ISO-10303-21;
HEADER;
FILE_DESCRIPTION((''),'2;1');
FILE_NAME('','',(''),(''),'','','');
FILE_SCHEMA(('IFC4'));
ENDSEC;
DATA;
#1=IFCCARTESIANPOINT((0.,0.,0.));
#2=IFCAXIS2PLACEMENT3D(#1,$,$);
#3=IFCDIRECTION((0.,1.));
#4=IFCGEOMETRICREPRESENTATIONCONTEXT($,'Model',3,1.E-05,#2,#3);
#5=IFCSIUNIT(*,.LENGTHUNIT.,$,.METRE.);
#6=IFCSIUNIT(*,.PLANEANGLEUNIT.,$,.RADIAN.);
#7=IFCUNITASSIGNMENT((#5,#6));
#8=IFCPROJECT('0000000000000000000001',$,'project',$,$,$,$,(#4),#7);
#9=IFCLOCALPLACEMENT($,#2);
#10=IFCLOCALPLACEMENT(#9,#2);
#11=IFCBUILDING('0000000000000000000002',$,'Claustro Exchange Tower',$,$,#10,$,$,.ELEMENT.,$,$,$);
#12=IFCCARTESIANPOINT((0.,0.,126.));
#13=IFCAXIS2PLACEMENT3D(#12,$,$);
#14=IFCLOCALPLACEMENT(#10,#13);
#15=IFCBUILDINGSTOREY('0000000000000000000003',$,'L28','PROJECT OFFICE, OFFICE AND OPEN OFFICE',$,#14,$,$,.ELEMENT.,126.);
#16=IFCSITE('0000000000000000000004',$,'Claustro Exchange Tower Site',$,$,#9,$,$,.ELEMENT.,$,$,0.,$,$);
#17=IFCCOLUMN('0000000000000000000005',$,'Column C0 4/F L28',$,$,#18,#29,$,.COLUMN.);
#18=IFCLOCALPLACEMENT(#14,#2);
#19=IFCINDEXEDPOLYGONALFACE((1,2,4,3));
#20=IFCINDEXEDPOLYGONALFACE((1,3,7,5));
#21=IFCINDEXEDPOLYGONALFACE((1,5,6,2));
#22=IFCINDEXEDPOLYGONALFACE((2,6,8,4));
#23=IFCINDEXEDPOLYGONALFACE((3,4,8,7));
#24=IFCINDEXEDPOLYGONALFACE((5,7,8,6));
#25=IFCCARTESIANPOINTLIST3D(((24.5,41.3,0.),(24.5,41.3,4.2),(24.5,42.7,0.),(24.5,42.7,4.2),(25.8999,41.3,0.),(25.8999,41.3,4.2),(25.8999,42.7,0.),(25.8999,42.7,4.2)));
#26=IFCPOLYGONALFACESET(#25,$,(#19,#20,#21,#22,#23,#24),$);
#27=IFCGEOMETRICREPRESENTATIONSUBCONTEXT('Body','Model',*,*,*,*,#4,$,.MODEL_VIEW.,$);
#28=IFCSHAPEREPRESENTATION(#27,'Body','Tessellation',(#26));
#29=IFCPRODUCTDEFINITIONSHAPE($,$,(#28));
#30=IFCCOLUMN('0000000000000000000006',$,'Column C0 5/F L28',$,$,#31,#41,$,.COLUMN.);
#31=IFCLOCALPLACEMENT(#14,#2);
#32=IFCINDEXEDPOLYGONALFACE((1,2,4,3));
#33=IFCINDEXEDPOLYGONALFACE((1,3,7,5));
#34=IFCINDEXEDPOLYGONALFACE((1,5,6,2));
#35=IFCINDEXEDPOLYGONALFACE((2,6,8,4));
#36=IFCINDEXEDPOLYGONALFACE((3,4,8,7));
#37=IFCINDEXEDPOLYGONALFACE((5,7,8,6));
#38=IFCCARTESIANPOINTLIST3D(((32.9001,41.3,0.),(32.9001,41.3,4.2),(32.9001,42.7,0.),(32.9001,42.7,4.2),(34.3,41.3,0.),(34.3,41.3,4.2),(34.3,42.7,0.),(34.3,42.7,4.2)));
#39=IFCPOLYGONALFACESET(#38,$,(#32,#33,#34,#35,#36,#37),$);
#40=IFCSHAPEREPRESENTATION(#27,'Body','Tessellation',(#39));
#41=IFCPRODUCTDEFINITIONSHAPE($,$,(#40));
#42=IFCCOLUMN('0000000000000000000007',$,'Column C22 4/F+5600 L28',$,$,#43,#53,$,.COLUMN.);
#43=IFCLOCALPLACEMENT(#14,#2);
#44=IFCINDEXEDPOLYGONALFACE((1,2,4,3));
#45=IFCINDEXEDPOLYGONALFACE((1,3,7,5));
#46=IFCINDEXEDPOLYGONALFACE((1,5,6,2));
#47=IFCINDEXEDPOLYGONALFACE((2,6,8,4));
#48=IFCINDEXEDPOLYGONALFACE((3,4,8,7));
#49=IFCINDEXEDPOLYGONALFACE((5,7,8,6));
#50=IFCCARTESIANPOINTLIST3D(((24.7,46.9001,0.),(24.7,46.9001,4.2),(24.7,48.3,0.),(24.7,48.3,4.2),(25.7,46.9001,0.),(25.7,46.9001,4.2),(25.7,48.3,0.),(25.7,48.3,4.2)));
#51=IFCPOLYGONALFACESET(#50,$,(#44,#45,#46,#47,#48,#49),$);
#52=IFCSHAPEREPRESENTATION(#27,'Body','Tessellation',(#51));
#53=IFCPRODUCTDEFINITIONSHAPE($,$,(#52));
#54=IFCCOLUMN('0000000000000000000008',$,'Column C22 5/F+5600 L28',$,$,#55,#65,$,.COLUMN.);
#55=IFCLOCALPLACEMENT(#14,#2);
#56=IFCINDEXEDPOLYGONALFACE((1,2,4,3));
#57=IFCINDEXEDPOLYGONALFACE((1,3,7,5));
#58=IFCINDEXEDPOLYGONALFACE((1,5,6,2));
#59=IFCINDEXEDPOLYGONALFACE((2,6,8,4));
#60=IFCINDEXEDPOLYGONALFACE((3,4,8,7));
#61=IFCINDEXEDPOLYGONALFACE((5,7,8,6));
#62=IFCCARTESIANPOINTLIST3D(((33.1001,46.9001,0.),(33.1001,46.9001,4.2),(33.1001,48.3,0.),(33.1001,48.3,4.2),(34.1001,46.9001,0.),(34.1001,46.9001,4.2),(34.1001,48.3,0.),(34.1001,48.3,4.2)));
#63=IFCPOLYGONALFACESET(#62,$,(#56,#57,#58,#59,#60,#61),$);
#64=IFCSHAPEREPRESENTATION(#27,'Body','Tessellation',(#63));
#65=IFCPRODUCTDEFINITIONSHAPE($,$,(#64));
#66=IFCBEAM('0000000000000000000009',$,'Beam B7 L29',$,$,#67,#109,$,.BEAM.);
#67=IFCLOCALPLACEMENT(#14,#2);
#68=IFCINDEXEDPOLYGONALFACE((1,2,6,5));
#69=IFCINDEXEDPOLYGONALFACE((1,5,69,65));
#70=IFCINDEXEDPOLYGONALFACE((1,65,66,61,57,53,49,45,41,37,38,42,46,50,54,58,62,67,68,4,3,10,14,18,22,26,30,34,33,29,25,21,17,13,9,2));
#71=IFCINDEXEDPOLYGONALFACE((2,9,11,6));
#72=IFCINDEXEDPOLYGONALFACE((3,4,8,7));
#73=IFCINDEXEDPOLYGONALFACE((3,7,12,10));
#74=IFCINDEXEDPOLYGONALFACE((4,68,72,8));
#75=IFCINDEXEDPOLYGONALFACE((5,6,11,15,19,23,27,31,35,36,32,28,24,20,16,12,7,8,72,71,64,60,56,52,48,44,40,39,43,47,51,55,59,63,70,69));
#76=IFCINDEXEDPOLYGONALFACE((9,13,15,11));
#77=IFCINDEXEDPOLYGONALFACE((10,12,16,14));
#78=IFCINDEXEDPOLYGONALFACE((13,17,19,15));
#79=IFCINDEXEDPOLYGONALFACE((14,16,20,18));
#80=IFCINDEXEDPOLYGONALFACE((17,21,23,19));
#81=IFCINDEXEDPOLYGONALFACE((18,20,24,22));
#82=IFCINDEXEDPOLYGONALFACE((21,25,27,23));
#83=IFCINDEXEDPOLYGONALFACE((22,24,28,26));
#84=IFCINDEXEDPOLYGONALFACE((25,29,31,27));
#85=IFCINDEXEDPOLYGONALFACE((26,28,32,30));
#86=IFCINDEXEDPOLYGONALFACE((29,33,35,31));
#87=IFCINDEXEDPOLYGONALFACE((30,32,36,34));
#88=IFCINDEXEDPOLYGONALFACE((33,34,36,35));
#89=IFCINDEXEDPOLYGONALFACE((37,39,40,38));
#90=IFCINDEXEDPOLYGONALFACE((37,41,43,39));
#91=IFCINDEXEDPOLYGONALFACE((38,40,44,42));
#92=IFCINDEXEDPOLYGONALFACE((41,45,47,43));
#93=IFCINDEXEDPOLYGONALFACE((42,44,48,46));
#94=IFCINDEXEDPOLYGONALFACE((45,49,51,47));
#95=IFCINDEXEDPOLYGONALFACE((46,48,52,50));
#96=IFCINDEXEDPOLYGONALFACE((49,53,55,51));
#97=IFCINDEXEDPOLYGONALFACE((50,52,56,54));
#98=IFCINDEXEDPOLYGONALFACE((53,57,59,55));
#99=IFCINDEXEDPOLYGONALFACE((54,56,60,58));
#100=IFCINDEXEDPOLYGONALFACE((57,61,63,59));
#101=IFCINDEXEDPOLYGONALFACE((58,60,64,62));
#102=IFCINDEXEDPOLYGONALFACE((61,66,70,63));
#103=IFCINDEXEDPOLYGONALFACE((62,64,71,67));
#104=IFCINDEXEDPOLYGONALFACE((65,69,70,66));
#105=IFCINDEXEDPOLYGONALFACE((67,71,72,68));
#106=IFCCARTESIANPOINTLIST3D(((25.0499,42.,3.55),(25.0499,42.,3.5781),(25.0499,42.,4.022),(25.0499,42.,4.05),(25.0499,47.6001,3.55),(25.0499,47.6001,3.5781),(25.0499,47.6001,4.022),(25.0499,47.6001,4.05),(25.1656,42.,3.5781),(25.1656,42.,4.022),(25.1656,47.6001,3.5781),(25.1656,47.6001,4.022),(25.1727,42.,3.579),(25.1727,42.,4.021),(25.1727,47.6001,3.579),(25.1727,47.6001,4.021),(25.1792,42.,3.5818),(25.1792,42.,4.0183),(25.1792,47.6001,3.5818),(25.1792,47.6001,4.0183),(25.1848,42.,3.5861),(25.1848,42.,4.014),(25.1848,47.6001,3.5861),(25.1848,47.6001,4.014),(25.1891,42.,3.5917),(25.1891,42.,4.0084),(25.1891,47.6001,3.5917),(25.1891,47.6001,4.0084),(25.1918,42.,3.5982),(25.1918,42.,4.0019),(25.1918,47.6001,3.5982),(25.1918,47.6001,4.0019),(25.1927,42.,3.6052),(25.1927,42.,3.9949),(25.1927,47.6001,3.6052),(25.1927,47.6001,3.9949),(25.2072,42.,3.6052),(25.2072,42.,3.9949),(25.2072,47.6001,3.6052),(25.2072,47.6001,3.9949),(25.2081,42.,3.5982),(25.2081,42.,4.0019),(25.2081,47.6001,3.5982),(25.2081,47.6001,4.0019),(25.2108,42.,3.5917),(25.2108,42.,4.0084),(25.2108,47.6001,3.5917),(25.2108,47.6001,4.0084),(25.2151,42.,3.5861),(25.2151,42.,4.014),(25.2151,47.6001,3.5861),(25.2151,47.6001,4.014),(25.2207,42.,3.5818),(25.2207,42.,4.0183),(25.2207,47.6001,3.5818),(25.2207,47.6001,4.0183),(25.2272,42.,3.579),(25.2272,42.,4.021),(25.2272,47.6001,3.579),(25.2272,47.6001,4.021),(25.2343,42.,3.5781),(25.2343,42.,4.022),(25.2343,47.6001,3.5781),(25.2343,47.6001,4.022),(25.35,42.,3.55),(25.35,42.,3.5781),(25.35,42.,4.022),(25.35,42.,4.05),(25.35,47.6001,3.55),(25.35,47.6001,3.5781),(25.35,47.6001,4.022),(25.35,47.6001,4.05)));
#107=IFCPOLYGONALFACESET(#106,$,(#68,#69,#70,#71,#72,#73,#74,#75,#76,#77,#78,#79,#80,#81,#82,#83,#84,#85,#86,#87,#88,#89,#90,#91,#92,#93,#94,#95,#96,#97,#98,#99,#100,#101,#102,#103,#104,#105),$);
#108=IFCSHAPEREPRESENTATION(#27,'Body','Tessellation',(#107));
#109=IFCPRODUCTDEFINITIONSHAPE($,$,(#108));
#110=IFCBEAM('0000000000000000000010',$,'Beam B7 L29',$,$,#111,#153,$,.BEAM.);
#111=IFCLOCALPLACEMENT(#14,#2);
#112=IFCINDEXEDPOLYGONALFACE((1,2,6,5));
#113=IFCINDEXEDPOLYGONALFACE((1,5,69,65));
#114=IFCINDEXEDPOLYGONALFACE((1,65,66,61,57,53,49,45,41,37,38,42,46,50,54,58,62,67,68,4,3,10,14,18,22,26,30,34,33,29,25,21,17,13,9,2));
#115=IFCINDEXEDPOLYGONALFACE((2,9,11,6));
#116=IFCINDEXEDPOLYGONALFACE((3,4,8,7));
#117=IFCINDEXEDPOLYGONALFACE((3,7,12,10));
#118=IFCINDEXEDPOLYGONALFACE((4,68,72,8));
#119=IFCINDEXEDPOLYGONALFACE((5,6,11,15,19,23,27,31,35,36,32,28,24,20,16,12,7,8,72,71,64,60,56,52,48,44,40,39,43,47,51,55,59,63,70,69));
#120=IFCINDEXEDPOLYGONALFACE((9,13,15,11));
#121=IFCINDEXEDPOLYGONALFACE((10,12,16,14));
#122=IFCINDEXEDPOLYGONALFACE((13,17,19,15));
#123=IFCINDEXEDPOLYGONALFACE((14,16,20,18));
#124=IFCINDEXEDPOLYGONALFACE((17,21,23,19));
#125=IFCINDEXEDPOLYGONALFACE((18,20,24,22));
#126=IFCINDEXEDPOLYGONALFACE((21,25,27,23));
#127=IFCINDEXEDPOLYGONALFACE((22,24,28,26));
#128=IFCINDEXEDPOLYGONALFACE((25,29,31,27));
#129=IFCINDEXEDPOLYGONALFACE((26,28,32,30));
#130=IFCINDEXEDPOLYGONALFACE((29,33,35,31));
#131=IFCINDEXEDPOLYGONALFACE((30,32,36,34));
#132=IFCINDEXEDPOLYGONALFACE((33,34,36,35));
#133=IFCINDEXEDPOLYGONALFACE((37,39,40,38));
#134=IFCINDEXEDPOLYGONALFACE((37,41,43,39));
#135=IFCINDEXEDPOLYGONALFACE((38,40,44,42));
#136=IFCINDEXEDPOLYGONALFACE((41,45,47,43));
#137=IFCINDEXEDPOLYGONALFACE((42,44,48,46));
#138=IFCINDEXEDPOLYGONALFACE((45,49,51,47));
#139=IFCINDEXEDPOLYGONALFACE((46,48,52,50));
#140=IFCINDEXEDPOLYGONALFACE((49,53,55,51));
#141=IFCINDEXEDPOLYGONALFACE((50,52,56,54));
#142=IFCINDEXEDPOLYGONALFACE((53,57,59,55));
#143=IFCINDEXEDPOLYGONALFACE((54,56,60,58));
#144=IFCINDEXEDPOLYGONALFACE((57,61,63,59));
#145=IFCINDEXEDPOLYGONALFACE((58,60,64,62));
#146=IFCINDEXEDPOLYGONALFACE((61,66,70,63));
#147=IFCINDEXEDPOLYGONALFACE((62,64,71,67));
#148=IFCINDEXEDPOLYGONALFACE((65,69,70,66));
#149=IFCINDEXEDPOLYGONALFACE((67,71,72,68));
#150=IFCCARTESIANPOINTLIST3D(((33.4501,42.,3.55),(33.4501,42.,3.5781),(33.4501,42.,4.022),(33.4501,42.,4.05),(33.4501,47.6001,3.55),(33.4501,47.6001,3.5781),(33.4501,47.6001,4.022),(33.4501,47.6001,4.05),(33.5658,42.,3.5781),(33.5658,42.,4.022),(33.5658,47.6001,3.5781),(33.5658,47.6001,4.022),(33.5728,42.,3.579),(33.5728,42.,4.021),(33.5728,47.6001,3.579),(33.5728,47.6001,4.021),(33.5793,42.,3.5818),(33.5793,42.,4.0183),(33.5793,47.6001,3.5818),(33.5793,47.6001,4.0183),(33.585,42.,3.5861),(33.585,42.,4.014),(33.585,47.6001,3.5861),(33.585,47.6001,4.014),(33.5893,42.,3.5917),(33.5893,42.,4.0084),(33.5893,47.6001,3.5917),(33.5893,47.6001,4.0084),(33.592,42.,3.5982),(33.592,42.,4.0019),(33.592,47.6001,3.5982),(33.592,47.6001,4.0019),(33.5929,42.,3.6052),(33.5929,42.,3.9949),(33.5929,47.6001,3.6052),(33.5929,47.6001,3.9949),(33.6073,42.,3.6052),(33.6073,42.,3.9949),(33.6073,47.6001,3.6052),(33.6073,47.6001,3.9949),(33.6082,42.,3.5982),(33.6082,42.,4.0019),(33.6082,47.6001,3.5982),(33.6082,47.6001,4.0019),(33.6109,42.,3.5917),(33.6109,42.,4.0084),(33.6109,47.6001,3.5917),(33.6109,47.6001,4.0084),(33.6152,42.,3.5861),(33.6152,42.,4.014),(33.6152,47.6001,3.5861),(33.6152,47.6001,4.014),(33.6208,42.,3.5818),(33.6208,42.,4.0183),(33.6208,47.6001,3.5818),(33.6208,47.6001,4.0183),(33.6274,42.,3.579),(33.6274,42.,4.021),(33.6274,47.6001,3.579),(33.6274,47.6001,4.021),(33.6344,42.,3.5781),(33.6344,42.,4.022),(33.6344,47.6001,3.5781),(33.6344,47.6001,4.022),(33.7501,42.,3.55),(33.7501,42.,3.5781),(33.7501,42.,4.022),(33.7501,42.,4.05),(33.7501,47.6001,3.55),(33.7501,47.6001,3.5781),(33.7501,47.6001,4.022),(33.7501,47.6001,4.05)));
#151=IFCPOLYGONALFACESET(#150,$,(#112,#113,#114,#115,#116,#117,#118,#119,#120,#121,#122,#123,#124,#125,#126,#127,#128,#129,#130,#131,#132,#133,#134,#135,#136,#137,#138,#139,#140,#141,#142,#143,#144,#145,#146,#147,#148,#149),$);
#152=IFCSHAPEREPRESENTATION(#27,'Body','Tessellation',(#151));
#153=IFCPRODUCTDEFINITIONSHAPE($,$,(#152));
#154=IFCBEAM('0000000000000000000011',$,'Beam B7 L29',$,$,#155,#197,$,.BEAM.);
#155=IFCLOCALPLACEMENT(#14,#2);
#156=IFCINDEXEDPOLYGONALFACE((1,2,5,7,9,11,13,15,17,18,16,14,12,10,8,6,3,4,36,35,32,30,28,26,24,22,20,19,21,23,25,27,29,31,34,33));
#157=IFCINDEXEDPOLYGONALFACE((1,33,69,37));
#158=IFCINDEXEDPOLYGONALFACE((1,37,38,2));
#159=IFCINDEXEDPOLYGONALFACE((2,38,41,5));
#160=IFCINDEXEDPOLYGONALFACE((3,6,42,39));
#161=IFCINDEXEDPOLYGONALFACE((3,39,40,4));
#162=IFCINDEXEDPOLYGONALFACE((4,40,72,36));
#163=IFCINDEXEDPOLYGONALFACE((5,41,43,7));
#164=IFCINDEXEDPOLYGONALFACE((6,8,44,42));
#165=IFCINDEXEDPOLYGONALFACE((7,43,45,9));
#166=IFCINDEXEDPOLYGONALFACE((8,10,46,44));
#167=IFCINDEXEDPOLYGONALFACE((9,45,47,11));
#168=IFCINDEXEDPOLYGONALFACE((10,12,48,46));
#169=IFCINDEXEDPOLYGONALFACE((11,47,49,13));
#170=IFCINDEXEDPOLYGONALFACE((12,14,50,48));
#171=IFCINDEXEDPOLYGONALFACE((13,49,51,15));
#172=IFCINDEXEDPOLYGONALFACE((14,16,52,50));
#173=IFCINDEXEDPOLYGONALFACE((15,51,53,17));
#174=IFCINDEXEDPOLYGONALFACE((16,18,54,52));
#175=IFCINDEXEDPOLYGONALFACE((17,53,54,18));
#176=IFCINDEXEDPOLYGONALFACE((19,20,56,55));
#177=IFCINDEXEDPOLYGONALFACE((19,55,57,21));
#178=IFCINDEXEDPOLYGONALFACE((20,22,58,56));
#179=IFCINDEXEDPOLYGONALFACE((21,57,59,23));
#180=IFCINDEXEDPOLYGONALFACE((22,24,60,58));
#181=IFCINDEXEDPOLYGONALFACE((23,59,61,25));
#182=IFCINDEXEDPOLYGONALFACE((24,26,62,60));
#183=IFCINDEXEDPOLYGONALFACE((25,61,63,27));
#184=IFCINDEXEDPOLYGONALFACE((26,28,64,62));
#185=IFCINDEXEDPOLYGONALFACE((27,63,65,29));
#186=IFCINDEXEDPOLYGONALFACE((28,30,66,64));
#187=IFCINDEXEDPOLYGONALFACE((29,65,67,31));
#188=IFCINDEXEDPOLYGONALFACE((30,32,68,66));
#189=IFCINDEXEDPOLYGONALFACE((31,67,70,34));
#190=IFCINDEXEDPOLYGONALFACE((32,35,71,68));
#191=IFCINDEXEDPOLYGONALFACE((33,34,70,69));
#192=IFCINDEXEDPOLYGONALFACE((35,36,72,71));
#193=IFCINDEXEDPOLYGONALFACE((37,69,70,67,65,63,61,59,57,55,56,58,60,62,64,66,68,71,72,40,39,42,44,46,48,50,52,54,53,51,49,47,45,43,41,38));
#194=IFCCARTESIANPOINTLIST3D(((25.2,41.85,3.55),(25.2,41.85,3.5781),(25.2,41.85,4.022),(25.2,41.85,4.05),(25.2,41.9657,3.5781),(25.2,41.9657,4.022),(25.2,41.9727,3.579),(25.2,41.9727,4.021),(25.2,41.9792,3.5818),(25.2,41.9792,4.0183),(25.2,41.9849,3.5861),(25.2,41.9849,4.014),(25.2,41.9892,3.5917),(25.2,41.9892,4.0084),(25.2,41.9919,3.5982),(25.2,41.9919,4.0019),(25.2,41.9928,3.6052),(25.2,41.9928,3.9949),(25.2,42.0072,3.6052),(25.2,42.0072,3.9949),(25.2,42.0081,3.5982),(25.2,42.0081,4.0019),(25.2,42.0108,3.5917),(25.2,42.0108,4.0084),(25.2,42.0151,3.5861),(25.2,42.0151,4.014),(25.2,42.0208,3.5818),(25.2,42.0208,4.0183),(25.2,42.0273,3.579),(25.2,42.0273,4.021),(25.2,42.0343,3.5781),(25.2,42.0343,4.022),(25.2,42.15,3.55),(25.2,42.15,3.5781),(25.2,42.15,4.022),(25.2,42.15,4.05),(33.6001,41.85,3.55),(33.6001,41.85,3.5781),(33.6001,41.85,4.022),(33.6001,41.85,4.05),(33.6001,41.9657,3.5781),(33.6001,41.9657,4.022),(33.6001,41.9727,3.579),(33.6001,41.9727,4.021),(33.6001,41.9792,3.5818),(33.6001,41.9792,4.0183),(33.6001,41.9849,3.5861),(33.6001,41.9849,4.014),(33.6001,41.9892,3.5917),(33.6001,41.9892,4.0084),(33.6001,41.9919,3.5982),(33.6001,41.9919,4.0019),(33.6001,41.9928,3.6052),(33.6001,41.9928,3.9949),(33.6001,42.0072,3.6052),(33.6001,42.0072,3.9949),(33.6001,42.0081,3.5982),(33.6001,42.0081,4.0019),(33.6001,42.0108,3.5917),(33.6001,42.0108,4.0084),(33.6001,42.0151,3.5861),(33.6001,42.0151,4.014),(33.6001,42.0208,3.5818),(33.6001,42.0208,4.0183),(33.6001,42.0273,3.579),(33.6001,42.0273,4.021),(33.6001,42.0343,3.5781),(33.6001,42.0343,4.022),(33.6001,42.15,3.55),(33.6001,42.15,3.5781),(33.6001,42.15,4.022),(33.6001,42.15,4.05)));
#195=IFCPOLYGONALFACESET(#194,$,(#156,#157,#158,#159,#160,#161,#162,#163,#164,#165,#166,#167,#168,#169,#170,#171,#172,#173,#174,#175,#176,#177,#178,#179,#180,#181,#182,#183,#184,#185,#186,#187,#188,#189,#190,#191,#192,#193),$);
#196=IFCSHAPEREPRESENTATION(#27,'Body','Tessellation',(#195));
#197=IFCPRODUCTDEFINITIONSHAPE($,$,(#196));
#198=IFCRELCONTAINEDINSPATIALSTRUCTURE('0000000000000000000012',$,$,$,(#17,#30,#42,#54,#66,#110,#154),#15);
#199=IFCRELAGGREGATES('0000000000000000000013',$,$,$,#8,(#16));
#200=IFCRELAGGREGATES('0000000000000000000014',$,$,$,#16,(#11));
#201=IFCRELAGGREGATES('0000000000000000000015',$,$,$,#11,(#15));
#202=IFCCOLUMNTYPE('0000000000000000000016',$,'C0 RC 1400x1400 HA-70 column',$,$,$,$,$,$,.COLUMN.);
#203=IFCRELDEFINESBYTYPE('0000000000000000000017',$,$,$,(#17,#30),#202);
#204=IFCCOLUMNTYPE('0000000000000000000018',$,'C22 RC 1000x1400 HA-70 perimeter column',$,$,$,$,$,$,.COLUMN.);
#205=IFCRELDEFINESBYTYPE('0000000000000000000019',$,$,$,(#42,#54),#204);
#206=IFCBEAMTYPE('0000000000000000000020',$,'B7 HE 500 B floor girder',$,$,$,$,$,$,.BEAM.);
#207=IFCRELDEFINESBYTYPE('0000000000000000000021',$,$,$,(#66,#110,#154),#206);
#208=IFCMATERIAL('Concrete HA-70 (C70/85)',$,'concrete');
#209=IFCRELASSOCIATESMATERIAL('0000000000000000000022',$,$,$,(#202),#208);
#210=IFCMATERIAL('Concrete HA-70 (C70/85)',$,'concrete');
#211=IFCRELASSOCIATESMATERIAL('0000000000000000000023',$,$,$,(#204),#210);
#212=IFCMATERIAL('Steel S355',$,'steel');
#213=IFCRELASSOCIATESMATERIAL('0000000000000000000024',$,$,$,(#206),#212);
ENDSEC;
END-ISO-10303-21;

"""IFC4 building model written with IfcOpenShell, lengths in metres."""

from ifc_helpers import new_model, si_unit, direction, frame, origin, origin_2d, place, context, subcontext, project, spatial, rectangle, i_section, extrude, material, material_profile, profile_set, type_object, element, save


model = new_model("IFC4")

# Units and contexts
model_context = context("Model", 3, precision=1e-05, world=origin(), true_north=direction((0.0, 1.0)))
body_context = subcontext(model_context, "Body", "Model", "MODEL_VIEW")
ifc_project = project(units=[si_unit("LENGTHUNIT", "METRE"), si_unit("PLANEANGLEUNIT", "RADIAN")], contexts=[model_context])

# Site, building, storey
site_placement = place(None, origin())
site = spatial("IfcSite", under=ifc_project, at=site_placement, Name="Claustro Exchange Tower Site", CompositionType="ELEMENT", RefElevation=0.0)
building_placement = place(site_placement, origin())
building = spatial("IfcBuilding", under=site, at=building_placement, Name="Claustro Exchange Tower", CompositionType="ELEMENT")
storey_placement = place(building_placement, frame((0.0, 0.0, 126.0)))
storey = spatial("IfcBuildingStorey", under=building, at=storey_placement, Name="L28", Description="PROJECT OFFICE, OFFICE AND OPEN OFFICE", CompositionType="ELEMENT", Elevation=126.0)

# Columns
ifc_material_1 = material(Name="Concrete HA-70 (C70/85)", Category="concrete")
ifc_material_profile_1 = material_profile(ifc_material_1, rectangle(XDim=1.3999, YDim=1.3999, at=origin_2d()), Name="RC 1400x1400")
ifc_profile_set_1 = profile_set([ifc_material_profile_1], Name="Concrete HA-70 (C70/85)")
column_type_1 = type_object("IfcColumnType", Name="C0 RC 1400x1400 HA-70 column", PredefinedType="COLUMN", material=ifc_profile_set_1)
for number, where, z_axis, x_axis, name in (
    (1, (25.2, 42.0, 0.0), (0.0, 0.0, 1.0), (1.0, 0.0, 0.0), "Column C0 4/F L28"),
    (2, (33.6001, 42.0, 0.0), (0.0, 0.0, 1.0), (1.0, 0.0, 0.0), "Column C0 5/F L28"),
):
    element("IfcColumn", number, at=place(storey_placement, frame(where, z_axis=z_axis, x_axis=x_axis)), inside=storey, type_object=column_type_1, Name=name, PredefinedType="COLUMN", context=body_context, shape_type="SweptSolid", body=[
        extrude(rectangle(XDim=1.3999, YDim=1.3999, at=origin_2d()), origin(), (0.0, 0.0, 1.0), 4.2),
    ])
ifc_material_2 = material(Name="Concrete HA-70 (C70/85)", Category="concrete")
ifc_material_profile_2 = material_profile(ifc_material_2, rectangle(XDim=1.0, YDim=1.3999, at=origin_2d()), Name="RC 1000x1400")
ifc_profile_set_2 = profile_set([ifc_material_profile_2], Name="Concrete HA-70 (C70/85)")
column_type_2 = type_object("IfcColumnType", Name="C22 RC 1000x1400 HA-70 perimeter column", PredefinedType="COLUMN", material=ifc_profile_set_2)
for number, where, z_axis, x_axis, name in (
    (3, (25.2, 47.6001, 0.0), (0.0, 0.0, 1.0), (1.0, 0.0, 0.0), "Column C22 4/F+5600 L28"),
    (4, (33.6001, 47.6001, 0.0), (0.0, 0.0, 1.0), (1.0, 0.0, 0.0), "Column C22 5/F+5600 L28"),
):
    element("IfcColumn", number, at=place(storey_placement, frame(where, z_axis=z_axis, x_axis=x_axis)), inside=storey, type_object=column_type_2, Name=name, PredefinedType="COLUMN", context=body_context, shape_type="SweptSolid", body=[
        extrude(rectangle(XDim=1.0, YDim=1.3999, at=origin_2d()), origin(), (0.0, 0.0, 1.0), 4.2),
    ])

# Beams
ifc_material_3 = material(Name="Steel S355", Category="steel")
ifc_material_profile_3 = material_profile(ifc_material_3, i_section(OverallWidth=0.3, OverallDepth=0.5, WebThickness=0.0144, FlangeThickness=0.0281, FilletRadius=0.0271, at=origin_2d()), Name="HE 500 B")
ifc_profile_set_3 = profile_set([ifc_material_profile_3], Name="Steel S355")
beam_type_1 = type_object("IfcBeamType", Name="B7 HE 500 B floor girder", PredefinedType="BEAM", material=ifc_profile_set_3)
for number, where, z_axis, x_axis, name in (
    (5, (25.2, 42.0, 3.8), (0.0, 1.0, 0.0), (-1.0, 0.0, 0.0), "Beam B7 L29"),
    (6, (33.6001, 42.0, 3.8), (0.0, 1.0, 0.0), (-1.0, 0.0, 0.0), "Beam B7 L29"),
):
    element("IfcBeam", number, at=place(storey_placement, frame(where, z_axis=z_axis, x_axis=x_axis)), inside=storey, type_object=beam_type_1, Name=name, PredefinedType="BEAM", context=body_context, shape_type="SweptSolid", body=[
        extrude(i_section(OverallWidth=0.3, OverallDepth=0.5, WebThickness=0.0144, FlangeThickness=0.0281, FilletRadius=0.0271, at=origin_2d()), origin(), (0.0, 0.0, 1.0), 5.6001),
    ])
beam_1_placement = place(storey_placement, frame((25.2, 42.0, 3.8), z_axis=(1.0, 0.0, 0.0), x_axis=(0.0, 1.0, 0.0)))
element("IfcBeam", 7, at=beam_1_placement, inside=storey, type_object=beam_type_1, Name="Beam B7 L29", PredefinedType="BEAM", context=body_context, shape_type="SweptSolid", body=[
    extrude(i_section(OverallWidth=0.3, OverallDepth=0.5, WebThickness=0.0144, FlangeThickness=0.0281, FilletRadius=0.0271, at=origin_2d()), origin(), (0.0, 0.0, 1.0), 8.4001),
])

save(model, "model.ifc")
